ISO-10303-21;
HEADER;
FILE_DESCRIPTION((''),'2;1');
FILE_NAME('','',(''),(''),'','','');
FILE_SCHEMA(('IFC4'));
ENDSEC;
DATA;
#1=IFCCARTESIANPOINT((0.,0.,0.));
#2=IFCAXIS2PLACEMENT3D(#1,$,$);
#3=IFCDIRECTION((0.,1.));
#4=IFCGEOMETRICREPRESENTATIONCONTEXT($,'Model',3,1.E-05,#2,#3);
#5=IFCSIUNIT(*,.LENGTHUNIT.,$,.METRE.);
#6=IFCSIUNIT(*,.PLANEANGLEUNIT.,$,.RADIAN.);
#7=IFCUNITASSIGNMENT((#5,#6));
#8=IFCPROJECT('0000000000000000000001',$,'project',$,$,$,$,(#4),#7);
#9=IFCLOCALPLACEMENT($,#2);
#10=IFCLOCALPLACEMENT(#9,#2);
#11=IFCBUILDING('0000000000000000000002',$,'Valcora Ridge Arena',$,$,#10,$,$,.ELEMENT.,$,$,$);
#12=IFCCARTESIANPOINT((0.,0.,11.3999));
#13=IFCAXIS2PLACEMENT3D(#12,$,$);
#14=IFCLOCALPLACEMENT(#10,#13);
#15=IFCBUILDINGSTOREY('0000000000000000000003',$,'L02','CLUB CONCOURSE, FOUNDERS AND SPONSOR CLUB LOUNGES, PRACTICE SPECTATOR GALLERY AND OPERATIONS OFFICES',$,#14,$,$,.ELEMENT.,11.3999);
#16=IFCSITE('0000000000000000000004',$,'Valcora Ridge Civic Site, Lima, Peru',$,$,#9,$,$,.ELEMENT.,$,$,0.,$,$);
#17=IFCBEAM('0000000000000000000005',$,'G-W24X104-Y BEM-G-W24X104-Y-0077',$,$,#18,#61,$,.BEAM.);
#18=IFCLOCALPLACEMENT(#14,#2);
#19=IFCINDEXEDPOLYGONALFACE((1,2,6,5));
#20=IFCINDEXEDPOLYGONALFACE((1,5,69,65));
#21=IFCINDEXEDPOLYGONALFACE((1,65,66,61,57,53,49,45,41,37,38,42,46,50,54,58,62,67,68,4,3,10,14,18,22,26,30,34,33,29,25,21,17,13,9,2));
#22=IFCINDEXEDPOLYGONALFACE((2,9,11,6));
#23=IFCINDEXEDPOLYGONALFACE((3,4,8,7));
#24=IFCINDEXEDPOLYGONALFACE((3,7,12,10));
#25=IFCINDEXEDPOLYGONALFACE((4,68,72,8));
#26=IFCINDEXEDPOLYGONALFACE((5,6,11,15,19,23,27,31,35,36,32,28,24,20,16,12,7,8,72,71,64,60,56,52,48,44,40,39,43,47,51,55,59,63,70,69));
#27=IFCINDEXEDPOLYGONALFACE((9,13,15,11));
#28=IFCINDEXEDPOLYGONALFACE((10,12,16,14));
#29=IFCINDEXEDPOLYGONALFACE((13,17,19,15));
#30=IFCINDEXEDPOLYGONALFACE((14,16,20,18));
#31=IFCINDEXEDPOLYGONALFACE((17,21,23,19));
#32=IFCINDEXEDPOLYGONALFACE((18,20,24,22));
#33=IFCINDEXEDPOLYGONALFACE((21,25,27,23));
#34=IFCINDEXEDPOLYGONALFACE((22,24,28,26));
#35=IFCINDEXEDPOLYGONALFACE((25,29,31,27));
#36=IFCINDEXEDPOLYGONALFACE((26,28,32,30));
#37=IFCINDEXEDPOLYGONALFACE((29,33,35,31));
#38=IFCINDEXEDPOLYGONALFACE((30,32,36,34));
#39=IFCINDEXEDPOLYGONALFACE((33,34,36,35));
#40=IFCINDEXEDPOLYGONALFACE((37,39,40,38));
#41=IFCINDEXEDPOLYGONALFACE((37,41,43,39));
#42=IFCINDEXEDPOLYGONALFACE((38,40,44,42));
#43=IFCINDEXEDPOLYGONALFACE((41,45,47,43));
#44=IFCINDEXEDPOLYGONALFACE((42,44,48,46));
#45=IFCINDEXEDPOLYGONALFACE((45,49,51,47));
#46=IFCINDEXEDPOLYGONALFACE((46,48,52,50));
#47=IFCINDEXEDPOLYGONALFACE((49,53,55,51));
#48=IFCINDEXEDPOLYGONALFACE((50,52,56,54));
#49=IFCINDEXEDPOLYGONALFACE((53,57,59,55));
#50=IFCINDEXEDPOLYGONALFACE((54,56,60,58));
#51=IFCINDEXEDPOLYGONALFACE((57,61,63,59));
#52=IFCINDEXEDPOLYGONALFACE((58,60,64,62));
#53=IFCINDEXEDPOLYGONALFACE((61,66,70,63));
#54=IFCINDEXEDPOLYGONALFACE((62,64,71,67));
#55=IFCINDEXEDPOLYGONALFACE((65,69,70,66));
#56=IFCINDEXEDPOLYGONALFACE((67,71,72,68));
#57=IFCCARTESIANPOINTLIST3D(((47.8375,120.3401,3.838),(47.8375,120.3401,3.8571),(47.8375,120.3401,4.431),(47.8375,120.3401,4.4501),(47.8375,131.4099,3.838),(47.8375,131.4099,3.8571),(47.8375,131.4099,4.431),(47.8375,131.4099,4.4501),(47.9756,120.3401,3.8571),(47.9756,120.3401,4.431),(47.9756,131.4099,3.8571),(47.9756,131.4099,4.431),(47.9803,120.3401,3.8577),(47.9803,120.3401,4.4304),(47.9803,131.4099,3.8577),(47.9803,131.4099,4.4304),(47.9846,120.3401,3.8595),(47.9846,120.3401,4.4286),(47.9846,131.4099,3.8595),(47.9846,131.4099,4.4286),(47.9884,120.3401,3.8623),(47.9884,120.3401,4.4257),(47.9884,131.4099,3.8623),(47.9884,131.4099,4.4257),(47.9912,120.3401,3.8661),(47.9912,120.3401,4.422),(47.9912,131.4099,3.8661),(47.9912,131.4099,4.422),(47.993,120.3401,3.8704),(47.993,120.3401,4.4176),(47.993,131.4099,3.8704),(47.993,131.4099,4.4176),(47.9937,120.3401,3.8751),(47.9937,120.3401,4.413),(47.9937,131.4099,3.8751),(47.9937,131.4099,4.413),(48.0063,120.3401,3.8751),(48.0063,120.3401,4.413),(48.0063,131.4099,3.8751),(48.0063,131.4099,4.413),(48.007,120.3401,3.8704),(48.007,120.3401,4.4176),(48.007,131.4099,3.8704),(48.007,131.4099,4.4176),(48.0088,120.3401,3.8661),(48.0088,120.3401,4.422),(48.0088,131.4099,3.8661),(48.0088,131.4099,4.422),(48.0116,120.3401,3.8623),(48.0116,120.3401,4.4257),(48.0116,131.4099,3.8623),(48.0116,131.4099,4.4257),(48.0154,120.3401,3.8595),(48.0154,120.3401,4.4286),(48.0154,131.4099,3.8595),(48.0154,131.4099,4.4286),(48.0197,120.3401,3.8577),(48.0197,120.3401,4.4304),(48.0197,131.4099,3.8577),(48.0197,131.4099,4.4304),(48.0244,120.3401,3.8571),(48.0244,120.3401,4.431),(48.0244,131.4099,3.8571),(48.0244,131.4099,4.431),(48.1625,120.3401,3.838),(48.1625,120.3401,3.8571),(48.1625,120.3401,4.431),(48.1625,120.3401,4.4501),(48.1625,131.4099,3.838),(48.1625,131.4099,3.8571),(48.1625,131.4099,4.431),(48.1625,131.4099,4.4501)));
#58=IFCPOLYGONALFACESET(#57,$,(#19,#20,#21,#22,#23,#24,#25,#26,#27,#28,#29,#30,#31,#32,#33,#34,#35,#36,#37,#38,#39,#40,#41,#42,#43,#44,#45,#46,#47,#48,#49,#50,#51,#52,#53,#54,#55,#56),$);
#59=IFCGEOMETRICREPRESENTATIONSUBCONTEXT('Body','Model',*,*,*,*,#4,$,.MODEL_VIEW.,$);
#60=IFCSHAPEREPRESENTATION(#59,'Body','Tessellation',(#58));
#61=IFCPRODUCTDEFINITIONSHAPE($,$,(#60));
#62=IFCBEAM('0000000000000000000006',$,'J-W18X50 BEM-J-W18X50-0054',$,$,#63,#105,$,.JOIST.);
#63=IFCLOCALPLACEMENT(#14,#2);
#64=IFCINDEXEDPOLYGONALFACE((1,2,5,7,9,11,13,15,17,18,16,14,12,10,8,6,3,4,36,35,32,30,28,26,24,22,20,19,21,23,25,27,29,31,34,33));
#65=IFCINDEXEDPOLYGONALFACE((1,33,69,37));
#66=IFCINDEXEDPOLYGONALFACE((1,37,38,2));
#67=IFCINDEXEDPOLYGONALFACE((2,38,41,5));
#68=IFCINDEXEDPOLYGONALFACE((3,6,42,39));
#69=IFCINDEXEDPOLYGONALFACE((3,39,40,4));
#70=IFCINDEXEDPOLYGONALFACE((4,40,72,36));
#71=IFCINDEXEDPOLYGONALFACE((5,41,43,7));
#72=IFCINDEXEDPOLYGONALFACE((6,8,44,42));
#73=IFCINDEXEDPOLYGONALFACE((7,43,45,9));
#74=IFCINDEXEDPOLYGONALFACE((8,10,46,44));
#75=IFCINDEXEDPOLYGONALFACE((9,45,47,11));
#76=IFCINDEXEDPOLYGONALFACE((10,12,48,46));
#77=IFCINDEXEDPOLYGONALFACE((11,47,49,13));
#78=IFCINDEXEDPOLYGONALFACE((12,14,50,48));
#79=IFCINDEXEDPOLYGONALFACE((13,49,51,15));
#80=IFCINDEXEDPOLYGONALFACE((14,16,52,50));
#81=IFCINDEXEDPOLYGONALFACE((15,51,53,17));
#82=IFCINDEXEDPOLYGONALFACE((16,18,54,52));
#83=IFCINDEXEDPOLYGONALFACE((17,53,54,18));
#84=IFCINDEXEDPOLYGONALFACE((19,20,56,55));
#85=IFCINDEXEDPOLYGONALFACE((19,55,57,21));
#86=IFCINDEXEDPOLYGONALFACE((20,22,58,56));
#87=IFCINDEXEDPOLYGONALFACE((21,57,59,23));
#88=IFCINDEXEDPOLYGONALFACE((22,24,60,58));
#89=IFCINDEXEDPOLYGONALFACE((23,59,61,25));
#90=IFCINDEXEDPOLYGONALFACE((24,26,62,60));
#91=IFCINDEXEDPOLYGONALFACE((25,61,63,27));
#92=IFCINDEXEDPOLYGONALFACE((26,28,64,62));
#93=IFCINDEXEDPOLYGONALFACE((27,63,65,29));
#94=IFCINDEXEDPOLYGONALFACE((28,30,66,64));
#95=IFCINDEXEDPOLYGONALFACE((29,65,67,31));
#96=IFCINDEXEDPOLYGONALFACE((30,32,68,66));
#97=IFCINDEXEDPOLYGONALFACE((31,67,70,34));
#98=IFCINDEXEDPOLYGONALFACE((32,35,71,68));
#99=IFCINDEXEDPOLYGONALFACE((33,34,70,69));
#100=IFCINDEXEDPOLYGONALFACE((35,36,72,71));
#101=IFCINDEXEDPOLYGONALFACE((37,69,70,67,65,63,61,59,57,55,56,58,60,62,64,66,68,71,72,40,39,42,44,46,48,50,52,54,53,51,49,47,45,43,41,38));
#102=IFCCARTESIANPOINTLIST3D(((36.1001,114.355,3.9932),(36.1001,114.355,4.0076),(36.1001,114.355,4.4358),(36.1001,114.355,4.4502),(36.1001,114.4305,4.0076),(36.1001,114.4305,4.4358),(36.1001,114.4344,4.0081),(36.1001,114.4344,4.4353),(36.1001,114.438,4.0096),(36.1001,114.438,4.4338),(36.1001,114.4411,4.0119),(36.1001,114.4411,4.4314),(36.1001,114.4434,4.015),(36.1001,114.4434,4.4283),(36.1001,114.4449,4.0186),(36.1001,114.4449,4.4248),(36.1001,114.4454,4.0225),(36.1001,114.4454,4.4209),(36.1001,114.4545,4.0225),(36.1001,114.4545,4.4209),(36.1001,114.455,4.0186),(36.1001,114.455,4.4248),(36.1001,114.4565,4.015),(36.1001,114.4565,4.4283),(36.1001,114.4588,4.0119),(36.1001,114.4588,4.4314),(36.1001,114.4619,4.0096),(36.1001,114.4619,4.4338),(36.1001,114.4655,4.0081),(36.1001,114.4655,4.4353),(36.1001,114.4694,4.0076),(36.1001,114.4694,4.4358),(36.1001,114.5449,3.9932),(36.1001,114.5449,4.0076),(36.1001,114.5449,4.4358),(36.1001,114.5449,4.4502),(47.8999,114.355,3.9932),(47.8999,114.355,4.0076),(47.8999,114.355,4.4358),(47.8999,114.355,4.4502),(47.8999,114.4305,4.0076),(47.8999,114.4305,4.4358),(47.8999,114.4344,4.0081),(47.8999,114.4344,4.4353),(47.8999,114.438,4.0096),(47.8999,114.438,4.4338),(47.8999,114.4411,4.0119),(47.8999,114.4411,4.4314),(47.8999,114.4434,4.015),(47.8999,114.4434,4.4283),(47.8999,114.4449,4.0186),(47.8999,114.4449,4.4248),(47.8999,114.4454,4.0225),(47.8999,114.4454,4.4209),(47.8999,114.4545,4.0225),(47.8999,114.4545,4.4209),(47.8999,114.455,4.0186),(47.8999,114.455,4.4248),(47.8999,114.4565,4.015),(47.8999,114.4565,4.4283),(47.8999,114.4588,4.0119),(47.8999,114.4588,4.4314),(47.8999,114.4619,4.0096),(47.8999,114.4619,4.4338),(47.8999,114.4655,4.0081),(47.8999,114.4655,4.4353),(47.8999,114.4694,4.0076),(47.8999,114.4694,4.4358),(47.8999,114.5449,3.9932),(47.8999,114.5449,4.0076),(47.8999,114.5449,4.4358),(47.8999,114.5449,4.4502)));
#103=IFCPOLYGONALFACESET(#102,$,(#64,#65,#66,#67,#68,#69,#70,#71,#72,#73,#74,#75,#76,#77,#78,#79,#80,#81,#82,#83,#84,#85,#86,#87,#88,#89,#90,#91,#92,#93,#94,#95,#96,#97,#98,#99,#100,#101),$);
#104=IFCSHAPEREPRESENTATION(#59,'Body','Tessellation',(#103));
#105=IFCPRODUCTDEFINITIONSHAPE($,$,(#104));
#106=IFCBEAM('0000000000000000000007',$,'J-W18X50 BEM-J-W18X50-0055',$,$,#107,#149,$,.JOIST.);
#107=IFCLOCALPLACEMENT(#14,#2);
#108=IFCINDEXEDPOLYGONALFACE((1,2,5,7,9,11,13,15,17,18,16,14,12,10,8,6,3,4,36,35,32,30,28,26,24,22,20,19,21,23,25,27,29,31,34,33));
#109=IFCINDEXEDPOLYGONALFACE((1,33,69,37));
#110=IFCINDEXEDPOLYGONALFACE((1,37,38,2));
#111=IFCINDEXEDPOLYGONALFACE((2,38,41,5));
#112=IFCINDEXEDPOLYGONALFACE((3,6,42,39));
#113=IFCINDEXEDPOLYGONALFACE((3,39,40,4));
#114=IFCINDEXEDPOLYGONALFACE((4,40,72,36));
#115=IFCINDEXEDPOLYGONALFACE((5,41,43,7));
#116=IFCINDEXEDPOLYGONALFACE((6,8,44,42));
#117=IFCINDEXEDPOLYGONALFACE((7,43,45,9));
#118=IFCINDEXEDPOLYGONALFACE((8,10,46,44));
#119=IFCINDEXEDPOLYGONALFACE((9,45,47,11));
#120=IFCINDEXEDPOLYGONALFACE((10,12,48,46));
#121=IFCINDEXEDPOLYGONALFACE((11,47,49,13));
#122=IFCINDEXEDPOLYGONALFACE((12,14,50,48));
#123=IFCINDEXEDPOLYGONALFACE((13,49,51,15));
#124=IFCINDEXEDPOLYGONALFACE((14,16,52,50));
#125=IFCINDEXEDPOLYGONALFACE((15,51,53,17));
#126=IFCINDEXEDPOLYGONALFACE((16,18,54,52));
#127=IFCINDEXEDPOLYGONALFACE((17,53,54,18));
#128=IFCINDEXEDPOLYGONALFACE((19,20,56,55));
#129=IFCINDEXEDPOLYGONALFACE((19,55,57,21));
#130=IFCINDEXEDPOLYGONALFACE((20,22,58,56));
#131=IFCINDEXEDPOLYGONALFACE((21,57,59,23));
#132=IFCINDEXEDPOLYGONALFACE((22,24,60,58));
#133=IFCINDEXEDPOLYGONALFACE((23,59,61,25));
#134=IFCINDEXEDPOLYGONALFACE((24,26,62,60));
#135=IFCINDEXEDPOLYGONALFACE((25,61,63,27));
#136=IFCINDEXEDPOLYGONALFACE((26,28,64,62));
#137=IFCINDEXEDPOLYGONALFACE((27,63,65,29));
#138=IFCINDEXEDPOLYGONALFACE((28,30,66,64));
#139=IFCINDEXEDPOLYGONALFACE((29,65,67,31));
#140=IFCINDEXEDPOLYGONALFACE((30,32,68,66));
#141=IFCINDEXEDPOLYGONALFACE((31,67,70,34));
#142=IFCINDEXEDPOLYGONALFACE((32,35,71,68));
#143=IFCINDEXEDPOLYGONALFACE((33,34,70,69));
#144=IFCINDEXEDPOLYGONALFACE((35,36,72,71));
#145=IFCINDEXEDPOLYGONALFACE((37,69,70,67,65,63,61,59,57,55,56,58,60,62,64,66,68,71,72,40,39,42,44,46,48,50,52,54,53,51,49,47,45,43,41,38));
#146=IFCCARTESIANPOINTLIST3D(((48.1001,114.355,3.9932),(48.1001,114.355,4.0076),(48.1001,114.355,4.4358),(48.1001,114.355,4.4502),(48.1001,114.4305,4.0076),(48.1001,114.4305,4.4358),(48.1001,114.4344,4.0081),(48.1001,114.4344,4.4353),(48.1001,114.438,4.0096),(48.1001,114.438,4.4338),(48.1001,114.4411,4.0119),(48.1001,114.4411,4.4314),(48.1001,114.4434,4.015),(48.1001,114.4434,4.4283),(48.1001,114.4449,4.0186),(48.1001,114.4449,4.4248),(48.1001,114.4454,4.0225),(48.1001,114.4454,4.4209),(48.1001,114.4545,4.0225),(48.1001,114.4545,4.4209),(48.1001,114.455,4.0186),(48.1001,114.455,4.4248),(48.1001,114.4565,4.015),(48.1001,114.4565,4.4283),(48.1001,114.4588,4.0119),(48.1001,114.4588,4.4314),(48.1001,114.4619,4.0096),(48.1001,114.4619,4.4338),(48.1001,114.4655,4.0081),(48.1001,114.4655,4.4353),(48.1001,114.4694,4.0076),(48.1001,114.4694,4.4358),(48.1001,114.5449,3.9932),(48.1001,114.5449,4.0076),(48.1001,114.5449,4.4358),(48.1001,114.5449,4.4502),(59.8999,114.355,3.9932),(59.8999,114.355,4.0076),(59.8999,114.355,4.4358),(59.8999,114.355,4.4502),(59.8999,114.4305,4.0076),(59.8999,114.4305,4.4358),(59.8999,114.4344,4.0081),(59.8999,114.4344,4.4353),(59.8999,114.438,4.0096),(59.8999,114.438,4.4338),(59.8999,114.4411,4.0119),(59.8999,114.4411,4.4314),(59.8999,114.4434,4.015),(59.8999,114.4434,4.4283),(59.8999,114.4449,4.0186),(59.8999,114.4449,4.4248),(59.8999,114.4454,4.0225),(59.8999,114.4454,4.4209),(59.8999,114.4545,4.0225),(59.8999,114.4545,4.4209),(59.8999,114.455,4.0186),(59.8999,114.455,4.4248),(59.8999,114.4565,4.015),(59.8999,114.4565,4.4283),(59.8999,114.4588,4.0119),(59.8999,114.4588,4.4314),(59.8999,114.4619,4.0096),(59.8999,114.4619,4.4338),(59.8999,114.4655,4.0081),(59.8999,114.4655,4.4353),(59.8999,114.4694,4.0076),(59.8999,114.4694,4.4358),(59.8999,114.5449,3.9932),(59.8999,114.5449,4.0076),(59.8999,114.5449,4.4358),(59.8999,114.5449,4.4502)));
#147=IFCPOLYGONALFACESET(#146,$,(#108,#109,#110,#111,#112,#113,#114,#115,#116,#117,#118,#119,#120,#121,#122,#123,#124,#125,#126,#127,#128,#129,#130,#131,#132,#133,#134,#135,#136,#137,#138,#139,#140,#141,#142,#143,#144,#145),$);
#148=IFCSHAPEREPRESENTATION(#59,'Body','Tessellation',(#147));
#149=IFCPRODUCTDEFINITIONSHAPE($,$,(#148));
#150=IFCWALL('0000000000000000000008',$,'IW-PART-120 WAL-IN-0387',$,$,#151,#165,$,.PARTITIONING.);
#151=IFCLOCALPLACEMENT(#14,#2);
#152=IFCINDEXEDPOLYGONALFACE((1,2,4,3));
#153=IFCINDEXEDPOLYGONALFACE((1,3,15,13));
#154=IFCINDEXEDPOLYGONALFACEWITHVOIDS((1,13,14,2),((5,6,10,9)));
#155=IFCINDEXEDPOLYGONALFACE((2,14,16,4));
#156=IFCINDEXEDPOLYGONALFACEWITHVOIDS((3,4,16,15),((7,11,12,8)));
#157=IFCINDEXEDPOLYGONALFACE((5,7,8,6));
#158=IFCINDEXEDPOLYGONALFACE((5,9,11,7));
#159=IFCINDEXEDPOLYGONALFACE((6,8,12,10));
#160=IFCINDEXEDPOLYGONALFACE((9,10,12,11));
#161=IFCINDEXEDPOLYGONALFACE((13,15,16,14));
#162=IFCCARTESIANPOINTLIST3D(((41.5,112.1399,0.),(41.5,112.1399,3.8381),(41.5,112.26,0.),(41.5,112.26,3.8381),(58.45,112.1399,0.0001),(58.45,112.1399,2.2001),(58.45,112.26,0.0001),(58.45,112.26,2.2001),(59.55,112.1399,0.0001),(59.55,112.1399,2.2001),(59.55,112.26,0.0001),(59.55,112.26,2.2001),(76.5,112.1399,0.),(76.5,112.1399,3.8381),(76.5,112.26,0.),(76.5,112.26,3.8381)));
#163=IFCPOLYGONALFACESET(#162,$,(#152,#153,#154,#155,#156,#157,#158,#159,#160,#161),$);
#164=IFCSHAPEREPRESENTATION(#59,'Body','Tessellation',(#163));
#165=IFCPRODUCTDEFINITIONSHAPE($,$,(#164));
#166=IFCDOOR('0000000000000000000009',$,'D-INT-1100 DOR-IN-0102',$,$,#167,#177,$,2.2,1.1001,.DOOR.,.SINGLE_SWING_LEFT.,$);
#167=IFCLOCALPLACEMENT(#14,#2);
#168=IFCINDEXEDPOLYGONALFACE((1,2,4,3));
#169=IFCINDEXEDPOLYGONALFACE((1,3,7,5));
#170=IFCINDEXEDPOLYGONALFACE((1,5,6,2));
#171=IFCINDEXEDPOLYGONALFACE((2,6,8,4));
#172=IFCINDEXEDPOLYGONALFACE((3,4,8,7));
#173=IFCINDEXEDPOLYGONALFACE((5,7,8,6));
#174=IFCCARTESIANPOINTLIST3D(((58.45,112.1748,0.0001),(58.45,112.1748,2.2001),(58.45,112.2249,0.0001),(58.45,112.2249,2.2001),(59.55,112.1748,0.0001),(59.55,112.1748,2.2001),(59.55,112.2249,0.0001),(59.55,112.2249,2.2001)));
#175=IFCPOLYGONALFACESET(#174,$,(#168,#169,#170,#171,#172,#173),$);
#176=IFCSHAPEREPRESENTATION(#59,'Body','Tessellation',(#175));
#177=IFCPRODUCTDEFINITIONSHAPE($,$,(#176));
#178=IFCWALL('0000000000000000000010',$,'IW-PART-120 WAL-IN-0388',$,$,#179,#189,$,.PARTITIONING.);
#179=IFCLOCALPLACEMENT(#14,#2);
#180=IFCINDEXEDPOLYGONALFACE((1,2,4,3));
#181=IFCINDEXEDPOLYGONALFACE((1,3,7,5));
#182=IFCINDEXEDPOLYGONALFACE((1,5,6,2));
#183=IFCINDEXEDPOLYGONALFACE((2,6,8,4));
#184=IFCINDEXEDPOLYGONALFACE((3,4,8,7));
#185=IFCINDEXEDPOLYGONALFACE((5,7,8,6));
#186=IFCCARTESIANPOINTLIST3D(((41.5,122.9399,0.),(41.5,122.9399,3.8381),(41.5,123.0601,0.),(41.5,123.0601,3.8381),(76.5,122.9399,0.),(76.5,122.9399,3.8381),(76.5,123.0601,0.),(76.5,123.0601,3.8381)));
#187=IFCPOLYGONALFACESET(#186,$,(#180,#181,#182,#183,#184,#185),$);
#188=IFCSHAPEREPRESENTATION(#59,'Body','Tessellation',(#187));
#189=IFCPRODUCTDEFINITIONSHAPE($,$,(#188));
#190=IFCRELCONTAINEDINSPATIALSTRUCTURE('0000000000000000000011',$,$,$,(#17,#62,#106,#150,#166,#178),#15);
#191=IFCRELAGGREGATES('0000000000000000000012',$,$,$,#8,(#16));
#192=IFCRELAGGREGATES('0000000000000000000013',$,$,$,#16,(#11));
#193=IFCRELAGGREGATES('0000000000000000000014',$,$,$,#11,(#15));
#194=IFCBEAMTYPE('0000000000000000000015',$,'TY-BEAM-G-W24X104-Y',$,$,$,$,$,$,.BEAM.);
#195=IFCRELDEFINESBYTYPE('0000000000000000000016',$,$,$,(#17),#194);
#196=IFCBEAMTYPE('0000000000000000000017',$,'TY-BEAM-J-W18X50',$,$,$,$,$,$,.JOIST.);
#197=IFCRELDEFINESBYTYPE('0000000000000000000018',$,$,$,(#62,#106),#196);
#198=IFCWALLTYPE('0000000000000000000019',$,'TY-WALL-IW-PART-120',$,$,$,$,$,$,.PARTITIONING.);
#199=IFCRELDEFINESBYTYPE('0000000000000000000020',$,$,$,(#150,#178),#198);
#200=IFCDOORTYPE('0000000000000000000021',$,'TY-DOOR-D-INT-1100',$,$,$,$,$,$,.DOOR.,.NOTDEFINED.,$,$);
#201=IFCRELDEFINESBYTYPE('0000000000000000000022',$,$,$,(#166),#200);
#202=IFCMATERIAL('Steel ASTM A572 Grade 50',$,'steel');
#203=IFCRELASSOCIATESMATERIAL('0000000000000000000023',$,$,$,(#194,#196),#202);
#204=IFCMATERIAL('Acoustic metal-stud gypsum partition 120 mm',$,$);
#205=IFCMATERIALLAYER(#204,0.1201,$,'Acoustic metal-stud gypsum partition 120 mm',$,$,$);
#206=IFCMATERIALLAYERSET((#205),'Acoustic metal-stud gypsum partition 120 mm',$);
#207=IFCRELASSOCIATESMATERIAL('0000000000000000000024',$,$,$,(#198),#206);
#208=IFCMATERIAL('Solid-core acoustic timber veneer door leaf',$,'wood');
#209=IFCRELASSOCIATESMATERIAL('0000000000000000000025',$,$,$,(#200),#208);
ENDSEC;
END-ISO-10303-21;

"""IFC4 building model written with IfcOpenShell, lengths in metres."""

from ifc_helpers import new_model, si_unit, direction, frame, frame_2d, origin, origin_2d, place, context, subcontext, project, spatial, rectangle, i_section, extrude, material, layer, layer_set, material_profile, profile_set, type_object, element, fill, save


model = new_model("IFC4")

# Units and contexts
model_context = context("Model", 3, precision=1e-05, world=origin(), true_north=direction((0.0, 1.0)))
body_context = subcontext(model_context, "Body", "Model", "MODEL_VIEW")
ifc_project = project(units=[si_unit("LENGTHUNIT", "METRE"), si_unit("PLANEANGLEUNIT", "RADIAN")], contexts=[model_context])

# Site, building, storey
site_placement = place(None, origin())
site = spatial("IfcSite", under=ifc_project, at=site_placement, Name="Valcora Ridge Civic Site, Lima, Peru", CompositionType="ELEMENT", RefElevation=0.0)
building_placement = place(site_placement, origin())
building = spatial("IfcBuilding", under=site, at=building_placement, Name="Valcora Ridge Arena", CompositionType="ELEMENT")
storey_placement = place(building_placement, frame((0.0, 0.0, 11.3999)))
storey = spatial("IfcBuildingStorey", under=building, at=storey_placement, Name="L02", Description="CLUB CONCOURSE, FOUNDERS AND SPONSOR CLUB LOUNGES, PRACTICE SPECTATOR GALLERY AND OPERATIONS OFFICES", CompositionType="ELEMENT", Elevation=11.3999)

# Beams
ifc_material_1 = material(Name="Steel ASTM A572 Grade 50", Category="steel")
ifc_material_profile_1 = material_profile(ifc_material_1, i_section(OverallWidth=0.325, OverallDepth=0.6121, WebThickness=0.0127, FlangeThickness=0.019, FilletRadius=0.0181, at=origin_2d()), Name="W24X104")
ifc_profile_set_1 = profile_set([ifc_material_profile_1], Name="Steel ASTM A572 Grade 50")
beam_type_1 = type_object("IfcBeamType", Name="TY-BEAM-G-W24X104-Y", PredefinedType="BEAM", material=ifc_profile_set_1)
beam_placement = place(storey_placement, frame((48.0, 120.3401, 4.144), z_axis=(0.0, 1.0, 0.0), x_axis=(-1.0, 0.0, 0.0)))
element("IfcBeam", 1, at=beam_placement, inside=storey, type_object=beam_type_1, Name="G-W24X104-Y BEM-G-W24X104-Y-0077", PredefinedType="BEAM", context=body_context, shape_type="SweptSolid", body=[
    extrude(i_section(OverallWidth=0.325, OverallDepth=0.6121, WebThickness=0.0127, FlangeThickness=0.019, FilletRadius=0.0181, at=origin_2d()), origin(), (0.0, 0.0, 1.0), 11.0698),
])
ifc_material_profile_2 = material_profile(ifc_material_1, i_section(OverallWidth=0.1899, OverallDepth=0.457, WebThickness=0.009, FlangeThickness=0.0144, FilletRadius=0.0149, at=origin_2d()), Name="W18X50")
ifc_profile_set_2 = profile_set([ifc_material_profile_2], Name="Steel ASTM A572 Grade 50")
beam_type_2 = type_object("IfcBeamType", Name="TY-BEAM-J-W18X50", PredefinedType="JOIST", material=ifc_profile_set_2)
for number, where, z_axis, x_axis, name in (
    (2, (36.1001, 114.45, 4.2217), (1.0, 0.0, 0.0), (0.0, 1.0, 0.0), "J-W18X50 BEM-J-W18X50-0054"),
    (3, (48.1001, 114.45, 4.2217), (1.0, 0.0, 0.0), (0.0, 1.0, 0.0), "J-W18X50 BEM-J-W18X50-0055"),
):
    element("IfcBeam", number, at=place(storey_placement, frame(where, z_axis=z_axis, x_axis=x_axis)), inside=storey, type_object=beam_type_2, Name=name, PredefinedType="JOIST", context=body_context, shape_type="SweptSolid", body=[
        extrude(i_section(OverallWidth=0.1899, OverallDepth=0.457, WebThickness=0.009, FlangeThickness=0.0144, FilletRadius=0.0149, at=origin_2d()), origin(), (0.0, 0.0, 1.0), 11.7998),
    ])

# Wall, opening, door
ifc_material_2 = material(Name="Acoustic metal-stud gypsum partition 120 mm")
ifc_layer_1 = layer(ifc_material_2, 0.1201, Name="Acoustic metal-stud gypsum partition 120 mm")
ifc_layer_set_1 = layer_set([ifc_layer_1], Name="Acoustic metal-stud gypsum partition 120 mm")
wall_type_1 = type_object("IfcWallType", Name="TY-WALL-IW-PART-120", PredefinedType="PARTITIONING", material=ifc_layer_set_1)
wall_1_placement = place(storey_placement, frame((41.5, 112.2, 0.0), z_axis=(0.0, 0.0, 1.0), x_axis=(1.0, 0.0, 0.0)))
wall_1 = element("IfcWall", 4, at=wall_1_placement, inside=storey, type_object=wall_type_1, Name="IW-PART-120 WAL-IN-0387", PredefinedType="PARTITIONING", context=body_context, shape_type="SweptSolid", body=[
    extrude(rectangle(XDim=35.0, YDim=0.1201, at=frame_2d((17.5, 0.0))), origin(), (0.0, 0.0, 1.0), 3.8381),
])
opening_1_placement = place(wall_1_placement, frame((16.95, 0.0, 0.0)))
opening_1 = element("IfcOpeningElement", 5, at=opening_1_placement, cuts=wall_1, PredefinedType="OPENING", context=body_context, shape_type="SweptSolid", body=[
    extrude(rectangle(XDim=1.1001, YDim=2.2, at=frame_2d((0.55, 1.1001))), frame((0.0, 0.0701, 0.0), z_axis=(0.0, -1.0, 0.0), x_axis=(1.0, 0.0, 0.0)), (0.0, 0.0, 1.0), 0.1401),
])
ifc_material_3 = material(Name="Solid-core acoustic timber veneer door leaf", Category="wood")
door_type = type_object("IfcDoorType", Name="TY-DOOR-D-INT-1100", OperationType="NOTDEFINED", PredefinedType="DOOR", material=ifc_material_3)
door_placement = place(opening_1_placement, origin())
door = element("IfcDoor", 6, at=door_placement, inside=storey, type_object=door_type, Name="D-INT-1100 DOR-IN-0102", OperationType="SINGLE_SWING_LEFT", OverallHeight=2.2, OverallWidth=1.1001, PredefinedType="DOOR", context=body_context, shape_type="SweptSolid", body=[
    extrude(rectangle(XDim=1.1001, YDim=2.2, at=frame_2d((0.55, 1.1001))), frame((0.0, 0.0249, 0.0), z_axis=(0.0, -1.0, 0.0), x_axis=(1.0, 0.0, 0.0)), (0.0, 0.0, 1.0), 0.05),
])
fill(opening_1, door)

# Wall
wall_2_placement = place(storey_placement, frame((41.5, 123.0, 0.0), z_axis=(0.0, 0.0, 1.0), x_axis=(1.0, 0.0, 0.0)))
element("IfcWall", 7, at=wall_2_placement, inside=storey, type_object=wall_type_1, Name="IW-PART-120 WAL-IN-0388", PredefinedType="PARTITIONING", context=body_context, shape_type="SweptSolid", body=[
    extrude(rectangle(XDim=35.0, YDim=0.1201, at=frame_2d((17.5, 0.0))), origin(), (0.0, 0.0, 1.0), 3.8381),
])

save(model, "model.ifc")
